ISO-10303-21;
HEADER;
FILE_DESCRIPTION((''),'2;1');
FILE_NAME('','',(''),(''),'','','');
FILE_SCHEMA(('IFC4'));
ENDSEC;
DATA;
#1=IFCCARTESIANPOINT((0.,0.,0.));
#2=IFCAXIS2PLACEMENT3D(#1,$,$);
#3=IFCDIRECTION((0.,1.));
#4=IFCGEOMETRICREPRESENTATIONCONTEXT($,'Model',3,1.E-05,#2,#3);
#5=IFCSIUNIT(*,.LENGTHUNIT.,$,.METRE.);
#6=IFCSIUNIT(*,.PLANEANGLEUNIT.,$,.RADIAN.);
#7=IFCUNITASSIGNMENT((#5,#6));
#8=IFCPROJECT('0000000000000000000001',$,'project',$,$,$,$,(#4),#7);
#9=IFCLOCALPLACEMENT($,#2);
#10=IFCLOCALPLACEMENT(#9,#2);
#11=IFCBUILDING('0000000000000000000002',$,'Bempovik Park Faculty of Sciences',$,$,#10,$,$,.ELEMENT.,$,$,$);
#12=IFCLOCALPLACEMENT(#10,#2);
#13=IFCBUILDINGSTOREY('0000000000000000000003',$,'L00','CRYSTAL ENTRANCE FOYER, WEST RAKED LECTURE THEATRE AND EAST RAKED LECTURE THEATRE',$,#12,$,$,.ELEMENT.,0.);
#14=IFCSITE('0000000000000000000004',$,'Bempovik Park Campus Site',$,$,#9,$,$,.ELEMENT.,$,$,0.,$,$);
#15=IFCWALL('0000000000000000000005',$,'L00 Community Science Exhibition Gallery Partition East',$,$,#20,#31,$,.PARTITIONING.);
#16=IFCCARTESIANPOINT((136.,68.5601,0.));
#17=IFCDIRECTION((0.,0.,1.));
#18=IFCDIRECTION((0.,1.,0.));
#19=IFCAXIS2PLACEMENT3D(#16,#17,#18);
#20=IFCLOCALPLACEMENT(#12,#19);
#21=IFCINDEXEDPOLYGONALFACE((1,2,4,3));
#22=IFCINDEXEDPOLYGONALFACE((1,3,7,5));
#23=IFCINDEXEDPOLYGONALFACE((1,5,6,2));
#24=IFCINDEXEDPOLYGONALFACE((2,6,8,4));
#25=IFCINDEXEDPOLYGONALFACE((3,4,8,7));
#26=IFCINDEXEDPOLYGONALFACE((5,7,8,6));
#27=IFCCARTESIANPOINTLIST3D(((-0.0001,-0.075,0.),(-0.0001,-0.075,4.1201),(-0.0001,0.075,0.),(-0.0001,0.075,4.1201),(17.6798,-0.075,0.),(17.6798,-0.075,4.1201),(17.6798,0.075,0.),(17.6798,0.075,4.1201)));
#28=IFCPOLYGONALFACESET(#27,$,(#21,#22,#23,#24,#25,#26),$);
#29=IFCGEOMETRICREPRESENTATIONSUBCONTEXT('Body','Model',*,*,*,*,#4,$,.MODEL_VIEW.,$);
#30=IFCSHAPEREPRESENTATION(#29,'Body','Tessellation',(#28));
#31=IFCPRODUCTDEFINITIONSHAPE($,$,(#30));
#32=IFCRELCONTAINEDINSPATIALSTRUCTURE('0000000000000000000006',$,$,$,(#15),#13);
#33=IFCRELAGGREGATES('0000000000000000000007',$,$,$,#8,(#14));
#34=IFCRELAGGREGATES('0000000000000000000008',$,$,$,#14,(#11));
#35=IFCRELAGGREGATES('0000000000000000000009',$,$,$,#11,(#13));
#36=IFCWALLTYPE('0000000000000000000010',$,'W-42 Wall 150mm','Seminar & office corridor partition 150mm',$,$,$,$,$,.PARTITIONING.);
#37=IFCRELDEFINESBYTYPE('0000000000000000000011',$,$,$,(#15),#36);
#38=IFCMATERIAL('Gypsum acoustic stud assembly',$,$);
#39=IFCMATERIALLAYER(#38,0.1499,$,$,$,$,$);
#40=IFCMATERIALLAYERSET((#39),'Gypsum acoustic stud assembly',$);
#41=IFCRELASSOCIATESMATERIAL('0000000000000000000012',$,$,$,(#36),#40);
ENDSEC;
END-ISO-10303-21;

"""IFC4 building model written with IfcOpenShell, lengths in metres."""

from ifc_helpers import new_model, si_unit, direction, frame, frame_2d, origin, place, context, subcontext, project, spatial, rectangle, extrude, material, layer, layer_set, type_object, element, save


model = new_model("IFC4")

# Units and contexts
model_context = context("Model", 3, precision=1e-05, world=origin(), true_north=direction((0.0, 1.0)))
body_context = subcontext(model_context, "Body", "Model", "MODEL_VIEW")
ifc_project = project(units=[si_unit("LENGTHUNIT", "METRE"), si_unit("PLANEANGLEUNIT", "RADIAN")], contexts=[model_context])

# Site, building, storey
site_placement = place(None, origin())
site = spatial("IfcSite", under=ifc_project, at=site_placement, Name="Bempovik Park Campus Site", CompositionType="ELEMENT", RefElevation=0.0)
building_placement = place(site_placement, origin())
building = spatial("IfcBuilding", under=site, at=building_placement, Name="Bempovik Park Faculty of Sciences", CompositionType="ELEMENT")
storey_placement = place(building_placement, origin())
storey = spatial("IfcBuildingStorey", under=building, at=storey_placement, Name="L00", Description="CRYSTAL ENTRANCE FOYER, WEST RAKED LECTURE THEATRE AND EAST RAKED LECTURE THEATRE", CompositionType="ELEMENT", Elevation=0.0)

# Wall
ifc_material_1 = material(Name="Gypsum acoustic stud assembly")
ifc_layer_1 = layer(ifc_material_1, 0.1499)
ifc_layer_set_1 = layer_set([ifc_layer_1], Name="Gypsum acoustic stud assembly")
wall_type_1 = type_object("IfcWallType", Name="W-42 Wall 150mm", Description="Seminar & office corridor partition 150mm", PredefinedType="PARTITIONING", material=ifc_layer_set_1)
wall_1_placement = place(storey_placement, frame((136.0, 68.5601, 0.0), z_axis=(0.0, 0.0, 1.0), x_axis=(0.0, 1.0, 0.0)))
element("IfcWall", 1, at=wall_1_placement, inside=storey, type_object=wall_type_1, Name="L00 Community Science Exhibition Gallery Partition East", PredefinedType="PARTITIONING", context=body_context, shape_type="SweptSolid", body=[
    extrude(rectangle(XDim=17.6799, YDim=0.1499, at=frame_2d((8.8398, 0.0))), origin(), (0.0, 0.0, 1.0), 4.1201),
])

save(model, "model.ifc")
